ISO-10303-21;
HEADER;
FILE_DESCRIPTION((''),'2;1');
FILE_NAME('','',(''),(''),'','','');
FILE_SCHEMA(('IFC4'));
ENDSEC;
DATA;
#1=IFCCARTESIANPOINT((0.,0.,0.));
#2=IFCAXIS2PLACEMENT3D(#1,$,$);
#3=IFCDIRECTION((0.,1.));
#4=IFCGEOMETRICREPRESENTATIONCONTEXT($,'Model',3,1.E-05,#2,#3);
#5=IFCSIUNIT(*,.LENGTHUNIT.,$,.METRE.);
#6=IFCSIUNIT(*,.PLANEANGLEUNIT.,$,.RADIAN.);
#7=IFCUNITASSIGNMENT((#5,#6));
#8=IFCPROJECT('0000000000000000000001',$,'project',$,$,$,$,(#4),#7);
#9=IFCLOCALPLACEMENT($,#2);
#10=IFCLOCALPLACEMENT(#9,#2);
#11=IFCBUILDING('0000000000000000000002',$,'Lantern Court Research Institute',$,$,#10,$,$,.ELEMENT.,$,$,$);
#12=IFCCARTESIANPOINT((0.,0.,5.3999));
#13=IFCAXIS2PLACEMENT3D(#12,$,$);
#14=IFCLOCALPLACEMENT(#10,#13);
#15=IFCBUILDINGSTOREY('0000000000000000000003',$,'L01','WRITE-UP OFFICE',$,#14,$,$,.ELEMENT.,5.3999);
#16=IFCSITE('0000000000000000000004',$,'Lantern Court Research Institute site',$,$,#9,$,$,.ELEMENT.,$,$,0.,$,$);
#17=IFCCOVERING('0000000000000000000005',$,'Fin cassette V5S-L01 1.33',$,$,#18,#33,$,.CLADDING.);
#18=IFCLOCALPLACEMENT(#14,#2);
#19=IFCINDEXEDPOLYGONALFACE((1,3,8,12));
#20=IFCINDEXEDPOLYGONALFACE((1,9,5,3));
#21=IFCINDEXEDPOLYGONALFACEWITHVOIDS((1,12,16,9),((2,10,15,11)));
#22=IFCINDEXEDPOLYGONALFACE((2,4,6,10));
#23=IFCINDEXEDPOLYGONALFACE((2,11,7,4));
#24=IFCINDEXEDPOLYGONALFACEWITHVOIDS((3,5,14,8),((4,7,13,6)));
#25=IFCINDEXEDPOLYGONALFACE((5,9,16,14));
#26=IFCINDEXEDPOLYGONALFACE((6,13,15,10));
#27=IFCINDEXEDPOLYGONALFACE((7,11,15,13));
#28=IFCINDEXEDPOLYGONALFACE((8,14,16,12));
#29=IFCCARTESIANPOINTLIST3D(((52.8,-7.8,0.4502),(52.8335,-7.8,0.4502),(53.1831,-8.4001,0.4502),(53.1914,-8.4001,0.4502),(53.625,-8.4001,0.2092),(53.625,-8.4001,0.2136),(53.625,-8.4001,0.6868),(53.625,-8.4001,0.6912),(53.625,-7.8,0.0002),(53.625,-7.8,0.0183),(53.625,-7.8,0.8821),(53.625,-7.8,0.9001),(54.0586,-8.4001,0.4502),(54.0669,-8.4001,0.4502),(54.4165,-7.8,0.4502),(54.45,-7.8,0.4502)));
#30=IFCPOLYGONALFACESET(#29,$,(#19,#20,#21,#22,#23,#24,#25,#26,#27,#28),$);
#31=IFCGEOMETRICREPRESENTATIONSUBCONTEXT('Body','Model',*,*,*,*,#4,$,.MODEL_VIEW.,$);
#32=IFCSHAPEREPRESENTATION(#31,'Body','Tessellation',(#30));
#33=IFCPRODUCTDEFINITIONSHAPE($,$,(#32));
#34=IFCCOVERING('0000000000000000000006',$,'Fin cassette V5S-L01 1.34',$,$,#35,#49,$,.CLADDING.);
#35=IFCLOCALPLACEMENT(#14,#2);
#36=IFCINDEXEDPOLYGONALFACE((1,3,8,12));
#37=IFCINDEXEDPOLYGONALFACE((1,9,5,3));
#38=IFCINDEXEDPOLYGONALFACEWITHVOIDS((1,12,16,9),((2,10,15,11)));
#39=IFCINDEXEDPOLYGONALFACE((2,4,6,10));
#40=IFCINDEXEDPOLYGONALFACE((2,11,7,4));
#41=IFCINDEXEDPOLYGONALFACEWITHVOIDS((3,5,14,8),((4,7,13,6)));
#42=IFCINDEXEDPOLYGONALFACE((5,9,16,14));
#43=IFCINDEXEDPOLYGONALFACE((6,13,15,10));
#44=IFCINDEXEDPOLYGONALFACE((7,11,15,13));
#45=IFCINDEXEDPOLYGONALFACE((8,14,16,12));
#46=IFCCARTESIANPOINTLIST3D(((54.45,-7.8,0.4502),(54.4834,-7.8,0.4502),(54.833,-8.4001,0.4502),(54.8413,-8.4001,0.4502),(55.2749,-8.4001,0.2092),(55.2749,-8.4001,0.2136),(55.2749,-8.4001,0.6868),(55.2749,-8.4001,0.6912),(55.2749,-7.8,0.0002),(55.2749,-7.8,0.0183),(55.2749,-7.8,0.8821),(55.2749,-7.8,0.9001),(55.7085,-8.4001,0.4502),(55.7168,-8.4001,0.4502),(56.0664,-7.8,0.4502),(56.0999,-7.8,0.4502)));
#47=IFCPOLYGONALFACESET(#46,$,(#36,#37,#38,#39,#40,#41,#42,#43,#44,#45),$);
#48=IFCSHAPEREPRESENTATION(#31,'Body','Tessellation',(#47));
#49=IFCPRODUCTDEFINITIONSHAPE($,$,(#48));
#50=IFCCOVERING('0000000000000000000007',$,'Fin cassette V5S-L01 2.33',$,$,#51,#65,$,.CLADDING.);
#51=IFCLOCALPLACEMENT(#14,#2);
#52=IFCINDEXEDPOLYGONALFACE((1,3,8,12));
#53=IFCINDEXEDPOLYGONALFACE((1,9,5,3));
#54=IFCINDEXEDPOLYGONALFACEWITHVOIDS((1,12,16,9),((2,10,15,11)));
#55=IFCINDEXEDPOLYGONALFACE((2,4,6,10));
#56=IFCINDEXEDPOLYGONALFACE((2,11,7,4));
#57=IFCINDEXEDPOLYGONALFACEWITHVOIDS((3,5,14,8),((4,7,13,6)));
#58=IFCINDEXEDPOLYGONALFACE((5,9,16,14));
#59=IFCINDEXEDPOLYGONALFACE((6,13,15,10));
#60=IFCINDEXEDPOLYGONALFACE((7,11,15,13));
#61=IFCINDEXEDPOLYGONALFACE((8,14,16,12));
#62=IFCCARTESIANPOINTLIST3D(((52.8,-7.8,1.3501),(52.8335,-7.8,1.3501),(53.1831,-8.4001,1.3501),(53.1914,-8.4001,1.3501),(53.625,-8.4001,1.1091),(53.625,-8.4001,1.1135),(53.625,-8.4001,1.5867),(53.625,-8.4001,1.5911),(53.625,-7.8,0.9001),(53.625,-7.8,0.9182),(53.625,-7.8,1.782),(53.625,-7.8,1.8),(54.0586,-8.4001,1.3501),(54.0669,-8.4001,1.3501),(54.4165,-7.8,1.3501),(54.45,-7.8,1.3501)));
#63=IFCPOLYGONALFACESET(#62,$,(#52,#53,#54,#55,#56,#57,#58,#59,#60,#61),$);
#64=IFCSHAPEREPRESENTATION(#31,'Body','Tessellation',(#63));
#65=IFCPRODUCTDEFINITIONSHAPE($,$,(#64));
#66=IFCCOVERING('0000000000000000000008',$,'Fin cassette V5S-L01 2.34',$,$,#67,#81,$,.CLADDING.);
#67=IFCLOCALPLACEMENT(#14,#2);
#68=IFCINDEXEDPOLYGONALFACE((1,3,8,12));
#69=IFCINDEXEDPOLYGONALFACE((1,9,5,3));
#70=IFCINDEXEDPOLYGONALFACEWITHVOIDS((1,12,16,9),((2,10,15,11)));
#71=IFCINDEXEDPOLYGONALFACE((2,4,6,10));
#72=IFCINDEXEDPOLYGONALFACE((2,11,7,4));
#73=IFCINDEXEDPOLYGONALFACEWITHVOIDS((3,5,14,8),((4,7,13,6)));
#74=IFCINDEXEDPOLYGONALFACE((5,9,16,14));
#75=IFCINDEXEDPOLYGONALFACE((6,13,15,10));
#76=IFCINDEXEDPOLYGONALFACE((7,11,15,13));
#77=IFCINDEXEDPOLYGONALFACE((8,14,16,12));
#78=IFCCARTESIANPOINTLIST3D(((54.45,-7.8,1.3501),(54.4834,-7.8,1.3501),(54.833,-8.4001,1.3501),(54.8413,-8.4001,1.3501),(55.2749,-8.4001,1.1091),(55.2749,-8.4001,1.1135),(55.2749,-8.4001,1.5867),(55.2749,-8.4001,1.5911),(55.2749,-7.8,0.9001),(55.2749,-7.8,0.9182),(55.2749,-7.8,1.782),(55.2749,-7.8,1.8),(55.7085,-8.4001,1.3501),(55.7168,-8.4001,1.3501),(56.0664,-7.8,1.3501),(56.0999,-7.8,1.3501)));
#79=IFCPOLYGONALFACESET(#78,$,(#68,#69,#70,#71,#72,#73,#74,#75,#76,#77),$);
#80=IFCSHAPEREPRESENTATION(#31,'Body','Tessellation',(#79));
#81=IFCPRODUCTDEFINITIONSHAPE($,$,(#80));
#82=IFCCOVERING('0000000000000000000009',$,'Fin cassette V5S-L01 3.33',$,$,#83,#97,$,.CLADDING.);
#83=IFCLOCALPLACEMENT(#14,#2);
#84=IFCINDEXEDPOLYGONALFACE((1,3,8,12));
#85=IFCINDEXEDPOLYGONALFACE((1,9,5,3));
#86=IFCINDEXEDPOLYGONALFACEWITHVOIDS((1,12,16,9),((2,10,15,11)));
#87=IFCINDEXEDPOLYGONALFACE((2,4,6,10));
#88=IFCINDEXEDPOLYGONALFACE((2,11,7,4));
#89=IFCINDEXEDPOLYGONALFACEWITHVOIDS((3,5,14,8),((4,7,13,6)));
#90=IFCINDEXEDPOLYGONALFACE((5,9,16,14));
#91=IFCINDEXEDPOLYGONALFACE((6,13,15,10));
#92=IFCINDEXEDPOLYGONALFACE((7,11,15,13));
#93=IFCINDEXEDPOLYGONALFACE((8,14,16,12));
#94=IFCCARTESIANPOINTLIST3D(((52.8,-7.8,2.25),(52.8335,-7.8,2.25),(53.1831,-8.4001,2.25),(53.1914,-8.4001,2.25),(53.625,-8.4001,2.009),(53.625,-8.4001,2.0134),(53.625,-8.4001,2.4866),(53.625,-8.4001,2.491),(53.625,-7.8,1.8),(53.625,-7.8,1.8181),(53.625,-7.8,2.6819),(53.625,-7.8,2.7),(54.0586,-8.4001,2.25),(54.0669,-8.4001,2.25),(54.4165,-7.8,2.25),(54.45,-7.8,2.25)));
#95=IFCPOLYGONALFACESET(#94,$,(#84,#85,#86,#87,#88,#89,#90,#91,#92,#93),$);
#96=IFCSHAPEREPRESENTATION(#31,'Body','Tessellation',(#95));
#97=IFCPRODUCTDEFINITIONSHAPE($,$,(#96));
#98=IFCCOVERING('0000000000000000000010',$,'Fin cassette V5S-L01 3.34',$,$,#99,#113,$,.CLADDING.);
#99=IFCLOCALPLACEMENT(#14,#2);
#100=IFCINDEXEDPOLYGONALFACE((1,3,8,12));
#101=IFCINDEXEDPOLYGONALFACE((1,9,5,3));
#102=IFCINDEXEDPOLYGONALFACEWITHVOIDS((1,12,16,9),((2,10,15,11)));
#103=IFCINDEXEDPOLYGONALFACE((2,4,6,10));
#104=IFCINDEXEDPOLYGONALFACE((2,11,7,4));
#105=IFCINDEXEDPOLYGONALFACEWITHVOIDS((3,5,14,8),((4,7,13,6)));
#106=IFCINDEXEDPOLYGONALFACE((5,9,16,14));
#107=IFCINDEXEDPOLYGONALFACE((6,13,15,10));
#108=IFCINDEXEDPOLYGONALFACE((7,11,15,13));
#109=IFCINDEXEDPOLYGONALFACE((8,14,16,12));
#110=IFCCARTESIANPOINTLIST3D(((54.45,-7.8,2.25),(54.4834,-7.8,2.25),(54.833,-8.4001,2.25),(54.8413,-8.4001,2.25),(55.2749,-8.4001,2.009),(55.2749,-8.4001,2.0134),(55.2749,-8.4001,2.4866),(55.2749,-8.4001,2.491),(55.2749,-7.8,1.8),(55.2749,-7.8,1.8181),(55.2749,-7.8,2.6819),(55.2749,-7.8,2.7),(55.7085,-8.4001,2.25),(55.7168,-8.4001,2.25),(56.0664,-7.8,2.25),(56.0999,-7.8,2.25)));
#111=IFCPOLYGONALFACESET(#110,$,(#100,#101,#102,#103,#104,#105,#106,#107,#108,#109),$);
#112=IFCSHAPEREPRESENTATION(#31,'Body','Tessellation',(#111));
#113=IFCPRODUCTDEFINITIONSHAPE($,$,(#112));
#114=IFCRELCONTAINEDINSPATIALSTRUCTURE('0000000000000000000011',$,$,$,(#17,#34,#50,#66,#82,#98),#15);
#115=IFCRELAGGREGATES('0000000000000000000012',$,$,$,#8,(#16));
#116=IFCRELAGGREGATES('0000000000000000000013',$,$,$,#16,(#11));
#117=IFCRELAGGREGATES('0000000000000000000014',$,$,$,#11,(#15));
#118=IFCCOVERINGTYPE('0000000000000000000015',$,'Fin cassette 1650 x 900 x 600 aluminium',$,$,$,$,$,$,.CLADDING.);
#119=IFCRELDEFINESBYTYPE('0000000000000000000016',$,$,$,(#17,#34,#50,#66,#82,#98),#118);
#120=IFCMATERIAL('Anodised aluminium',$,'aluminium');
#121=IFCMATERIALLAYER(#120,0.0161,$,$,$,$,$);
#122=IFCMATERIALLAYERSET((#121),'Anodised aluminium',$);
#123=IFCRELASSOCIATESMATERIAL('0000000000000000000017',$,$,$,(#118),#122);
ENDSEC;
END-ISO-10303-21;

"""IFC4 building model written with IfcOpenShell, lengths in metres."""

from ifc_helpers import new_model, entity, si_unit, direction, frame, origin, place, context, subcontext, project, spatial, material, layer, layer_set, type_object, element, save


model = new_model("IFC4")

# Units and contexts
model_context = context("Model", 3, precision=1e-05, world=origin(), true_north=direction((0.0, 1.0)))
body_context = subcontext(model_context, "Body", "Model", "MODEL_VIEW")
ifc_project = project(units=[si_unit("LENGTHUNIT", "METRE"), si_unit("PLANEANGLEUNIT", "RADIAN")], contexts=[model_context])

# Site, building, storey
site_placement = place(None, origin())
site = spatial("IfcSite", under=ifc_project, at=site_placement, Name="Lantern Court Research Institute site", CompositionType="ELEMENT", RefElevation=0.0)
building_placement = place(site_placement, origin())
building = spatial("IfcBuilding", under=site, at=building_placement, Name="Lantern Court Research Institute", CompositionType="ELEMENT")
storey_placement = place(building_placement, frame((0.0, 0.0, 5.3999)))
storey = spatial("IfcBuildingStorey", under=building, at=storey_placement, Name="L01", Description="WRITE-UP OFFICE", CompositionType="ELEMENT", Elevation=5.3999)

# Coverings
ifc_material_1 = material(Name="Anodised aluminium", Category="aluminium")
ifc_layer_1 = layer(ifc_material_1, 0.0161)
ifc_layer_set_1 = layer_set([ifc_layer_1], Name="Anodised aluminium")
covering_type = type_object("IfcCoveringType", Name="Fin cassette 1650 x 900 x 600 aluminium", PredefinedType="CLADDING", material=ifc_layer_set_1)
covering_1_placement = place(storey_placement, frame((53.625, -7.8, 0.4502), z_axis=(0.0, -1.0, 0.0), x_axis=(1.0, 0.0, 0.0)))
cartesian_point_1 = entity("IfcCartesianPoint", [0.825, 0.0])
cartesian_point_2 = entity("IfcCartesianPoint", [0.7915, 0.0])
cartesian_point_3 = entity("IfcCartesianPoint", [0.4419, 0.0])
cartesian_point_4 = entity("IfcCartesianPoint", [0.4336, 0.0])
element("IfcCovering", 1, at=covering_1_placement, inside=storey, type_object=covering_type, Name="Fin cassette V5S-L01 1.33", PredefinedType="CLADDING", context=body_context, shape_type="SweptSolid", body=[
    entity("IfcExtrudedAreaSolidTapered", entity("IfcArbitraryProfileDefWithVoids", "AREA", None, entity("IfcPolyline", [cartesian_point_1, entity("IfcCartesianPoint", [0.0, 0.45]), entity("IfcCartesianPoint", [-0.825, 0.0]), entity("IfcCartesianPoint", [0.0, -0.45]), cartesian_point_1]), [entity("IfcPolyline", [cartesian_point_2, entity("IfcCartesianPoint", [0.0, 0.4319]), entity("IfcCartesianPoint", [-0.7915, 0.0]), entity("IfcCartesianPoint", [0.0, -0.4319]), cartesian_point_2])]), entity("IfcAxis2Placement3D", entity("IfcCartesianPoint", [0.0, 0.0, 0.0])), entity("IfcDirection", [0.0, 0.0, 1.0]), 0.6001, entity("IfcArbitraryProfileDefWithVoids", "AREA", None, entity("IfcPolyline", [cartesian_point_3, entity("IfcCartesianPoint", [0.0, 0.241]), entity("IfcCartesianPoint", [-0.4419, 0.0]), entity("IfcCartesianPoint", [0.0, -0.241]), cartesian_point_3]), [entity("IfcPolyline", [cartesian_point_4, entity("IfcCartesianPoint", [0.0, 0.2366]), entity("IfcCartesianPoint", [-0.4336, 0.0]), entity("IfcCartesianPoint", [0.0, -0.2366]), cartesian_point_4])])),
])
covering_2_placement = place(storey_placement, frame((55.2749, -7.8, 0.4502), z_axis=(0.0, -1.0, 0.0), x_axis=(1.0, 0.0, 0.0)))
cartesian_point_5 = entity("IfcCartesianPoint", [0.825, 0.0])
cartesian_point_6 = entity("IfcCartesianPoint", [0.7915, 0.0])
cartesian_point_7 = entity("IfcCartesianPoint", [0.4419, 0.0])
cartesian_point_8 = entity("IfcCartesianPoint", [0.4336, 0.0])
element("IfcCovering", 2, at=covering_2_placement, inside=storey, type_object=covering_type, Name="Fin cassette V5S-L01 1.34", PredefinedType="CLADDING", context=body_context, shape_type="SweptSolid", body=[
    entity("IfcExtrudedAreaSolidTapered", entity("IfcArbitraryProfileDefWithVoids", "AREA", None, entity("IfcPolyline", [cartesian_point_5, entity("IfcCartesianPoint", [0.0, 0.45]), entity("IfcCartesianPoint", [-0.825, 0.0]), entity("IfcCartesianPoint", [0.0, -0.45]), cartesian_point_5]), [entity("IfcPolyline", [cartesian_point_6, entity("IfcCartesianPoint", [0.0, 0.4319]), entity("IfcCartesianPoint", [-0.7915, 0.0]), entity("IfcCartesianPoint", [0.0, -0.4319]), cartesian_point_6])]), entity("IfcAxis2Placement3D", entity("IfcCartesianPoint", [0.0, 0.0, 0.0])), entity("IfcDirection", [0.0, 0.0, 1.0]), 0.6001, entity("IfcArbitraryProfileDefWithVoids", "AREA", None, entity("IfcPolyline", [cartesian_point_7, entity("IfcCartesianPoint", [0.0, 0.241]), entity("IfcCartesianPoint", [-0.4419, 0.0]), entity("IfcCartesianPoint", [0.0, -0.241]), cartesian_point_7]), [entity("IfcPolyline", [cartesian_point_8, entity("IfcCartesianPoint", [0.0, 0.2366]), entity("IfcCartesianPoint", [-0.4336, 0.0]), entity("IfcCartesianPoint", [0.0, -0.2366]), cartesian_point_8])])),
])
covering_3_placement = place(storey_placement, frame((53.625, -7.8, 1.3501), z_axis=(0.0, -1.0, 0.0), x_axis=(1.0, 0.0, 0.0)))
cartesian_point_9 = entity("IfcCartesianPoint", [0.825, 0.0])
cartesian_point_10 = entity("IfcCartesianPoint", [0.7915, 0.0])
cartesian_point_11 = entity("IfcCartesianPoint", [0.4419, 0.0])
cartesian_point_12 = entity("IfcCartesianPoint", [0.4336, 0.0])
element("IfcCovering", 3, at=covering_3_placement, inside=storey, type_object=covering_type, Name="Fin cassette V5S-L01 2.33", PredefinedType="CLADDING", context=body_context, shape_type="SweptSolid", body=[
    entity("IfcExtrudedAreaSolidTapered", entity("IfcArbitraryProfileDefWithVoids", "AREA", None, entity("IfcPolyline", [cartesian_point_9, entity("IfcCartesianPoint", [0.0, 0.45]), entity("IfcCartesianPoint", [-0.825, 0.0]), entity("IfcCartesianPoint", [0.0, -0.45]), cartesian_point_9]), [entity("IfcPolyline", [cartesian_point_10, entity("IfcCartesianPoint", [0.0, 0.4319]), entity("IfcCartesianPoint", [-0.7915, 0.0]), entity("IfcCartesianPoint", [0.0, -0.4319]), cartesian_point_10])]), entity("IfcAxis2Placement3D", entity("IfcCartesianPoint", [0.0, 0.0, 0.0])), entity("IfcDirection", [0.0, 0.0, 1.0]), 0.6001, entity("IfcArbitraryProfileDefWithVoids", "AREA", None, entity("IfcPolyline", [cartesian_point_11, entity("IfcCartesianPoint", [0.0, 0.241]), entity("IfcCartesianPoint", [-0.4419, 0.0]), entity("IfcCartesianPoint", [0.0, -0.241]), cartesian_point_11]), [entity("IfcPolyline", [cartesian_point_12, entity("IfcCartesianPoint", [0.0, 0.2366]), entity("IfcCartesianPoint", [-0.4336, 0.0]), entity("IfcCartesianPoint", [0.0, -0.2366]), cartesian_point_12])])),
])
covering_4_placement = place(storey_placement, frame((55.2749, -7.8, 1.3501), z_axis=(0.0, -1.0, 0.0), x_axis=(1.0, 0.0, 0.0)))
cartesian_point_13 = entity("IfcCartesianPoint", [0.825, 0.0])
cartesian_point_14 = entity("IfcCartesianPoint", [0.7915, 0.0])
cartesian_point_15 = entity("IfcCartesianPoint", [0.4419, 0.0])
cartesian_point_16 = entity("IfcCartesianPoint", [0.4336, 0.0])
element("IfcCovering", 4, at=covering_4_placement, inside=storey, type_object=covering_type, Name="Fin cassette V5S-L01 2.34", PredefinedType="CLADDING", context=body_context, shape_type="SweptSolid", body=[
    entity("IfcExtrudedAreaSolidTapered", entity("IfcArbitraryProfileDefWithVoids", "AREA", None, entity("IfcPolyline", [cartesian_point_13, entity("IfcCartesianPoint", [0.0, 0.45]), entity("IfcCartesianPoint", [-0.825, 0.0]), entity("IfcCartesianPoint", [0.0, -0.45]), cartesian_point_13]), [entity("IfcPolyline", [cartesian_point_14, entity("IfcCartesianPoint", [0.0, 0.4319]), entity("IfcCartesianPoint", [-0.7915, 0.0]), entity("IfcCartesianPoint", [0.0, -0.4319]), cartesian_point_14])]), entity("IfcAxis2Placement3D", entity("IfcCartesianPoint", [0.0, 0.0, 0.0])), entity("IfcDirection", [0.0, 0.0, 1.0]), 0.6001, entity("IfcArbitraryProfileDefWithVoids", "AREA", None, entity("IfcPolyline", [cartesian_point_15, entity("IfcCartesianPoint", [0.0, 0.241]), entity("IfcCartesianPoint", [-0.4419, 0.0]), entity("IfcCartesianPoint", [0.0, -0.241]), cartesian_point_15]), [entity("IfcPolyline", [cartesian_point_16, entity("IfcCartesianPoint", [0.0, 0.2366]), entity("IfcCartesianPoint", [-0.4336, 0.0]), entity("IfcCartesianPoint", [0.0, -0.2366]), cartesian_point_16])])),
])
covering_5_placement = place(storey_placement, frame((53.625, -7.8, 2.25), z_axis=(0.0, -1.0, 0.0), x_axis=(1.0, 0.0, 0.0)))
cartesian_point_17 = entity("IfcCartesianPoint", [0.825, 0.0])
cartesian_point_18 = entity("IfcCartesianPoint", [0.7915, 0.0])
cartesian_point_19 = entity("IfcCartesianPoint", [0.4419, 0.0])
cartesian_point_20 = entity("IfcCartesianPoint", [0.4336, 0.0])
element("IfcCovering", 5, at=covering_5_placement, inside=storey, type_object=covering_type, Name="Fin cassette V5S-L01 3.33", PredefinedType="CLADDING", context=body_context, shape_type="SweptSolid", body=[
    entity("IfcExtrudedAreaSolidTapered", entity("IfcArbitraryProfileDefWithVoids", "AREA", None, entity("IfcPolyline", [cartesian_point_17, entity("IfcCartesianPoint", [0.0, 0.45]), entity("IfcCartesianPoint", [-0.825, 0.0]), entity("IfcCartesianPoint", [0.0, -0.45]), cartesian_point_17]), [entity("IfcPolyline", [cartesian_point_18, entity("IfcCartesianPoint", [0.0, 0.4319]), entity("IfcCartesianPoint", [-0.7915, 0.0]), entity("IfcCartesianPoint", [0.0, -0.4319]), cartesian_point_18])]), entity("IfcAxis2Placement3D", entity("IfcCartesianPoint", [0.0, 0.0, 0.0])), entity("IfcDirection", [0.0, 0.0, 1.0]), 0.6001, entity("IfcArbitraryProfileDefWithVoids", "AREA", None, entity("IfcPolyline", [cartesian_point_19, entity("IfcCartesianPoint", [0.0, 0.241]), entity("IfcCartesianPoint", [-0.4419, 0.0]), entity("IfcCartesianPoint", [0.0, -0.241]), cartesian_point_19]), [entity("IfcPolyline", [cartesian_point_20, entity("IfcCartesianPoint", [0.0, 0.2366]), entity("IfcCartesianPoint", [-0.4336, 0.0]), entity("IfcCartesianPoint", [0.0, -0.2366]), cartesian_point_20])])),
])
covering_6_placement = place(storey_placement, frame((55.2749, -7.8, 2.25), z_axis=(0.0, -1.0, 0.0), x_axis=(1.0, 0.0, 0.0)))
cartesian_point_21 = entity("IfcCartesianPoint", [0.825, 0.0])
cartesian_point_22 = entity("IfcCartesianPoint", [0.7915, 0.0])
cartesian_point_23 = entity("IfcCartesianPoint", [0.4419, 0.0])
cartesian_point_24 = entity("IfcCartesianPoint", [0.4336, 0.0])
element("IfcCovering", 6, at=covering_6_placement, inside=storey, type_object=covering_type, Name="Fin cassette V5S-L01 3.34", PredefinedType="CLADDING", context=body_context, shape_type="SweptSolid", body=[
    entity("IfcExtrudedAreaSolidTapered", entity("IfcArbitraryProfileDefWithVoids", "AREA", None, entity("IfcPolyline", [cartesian_point_21, entity("IfcCartesianPoint", [0.0, 0.45]), entity("IfcCartesianPoint", [-0.825, 0.0]), entity("IfcCartesianPoint", [0.0, -0.45]), cartesian_point_21]), [entity("IfcPolyline", [cartesian_point_22, entity("IfcCartesianPoint", [0.0, 0.4319]), entity("IfcCartesianPoint", [-0.7915, 0.0]), entity("IfcCartesianPoint", [0.0, -0.4319]), cartesian_point_22])]), entity("IfcAxis2Placement3D", entity("IfcCartesianPoint", [0.0, 0.0, 0.0])), entity("IfcDirection", [0.0, 0.0, 1.0]), 0.6001, entity("IfcArbitraryProfileDefWithVoids", "AREA", None, entity("IfcPolyline", [cartesian_point_23, entity("IfcCartesianPoint", [0.0, 0.241]), entity("IfcCartesianPoint", [-0.4419, 0.0]), entity("IfcCartesianPoint", [0.0, -0.241]), cartesian_point_23]), [entity("IfcPolyline", [cartesian_point_24, entity("IfcCartesianPoint", [0.0, 0.2366]), entity("IfcCartesianPoint", [-0.4336, 0.0]), entity("IfcCartesianPoint", [0.0, -0.2366]), cartesian_point_24])])),
])

save(model, "model.ifc")
